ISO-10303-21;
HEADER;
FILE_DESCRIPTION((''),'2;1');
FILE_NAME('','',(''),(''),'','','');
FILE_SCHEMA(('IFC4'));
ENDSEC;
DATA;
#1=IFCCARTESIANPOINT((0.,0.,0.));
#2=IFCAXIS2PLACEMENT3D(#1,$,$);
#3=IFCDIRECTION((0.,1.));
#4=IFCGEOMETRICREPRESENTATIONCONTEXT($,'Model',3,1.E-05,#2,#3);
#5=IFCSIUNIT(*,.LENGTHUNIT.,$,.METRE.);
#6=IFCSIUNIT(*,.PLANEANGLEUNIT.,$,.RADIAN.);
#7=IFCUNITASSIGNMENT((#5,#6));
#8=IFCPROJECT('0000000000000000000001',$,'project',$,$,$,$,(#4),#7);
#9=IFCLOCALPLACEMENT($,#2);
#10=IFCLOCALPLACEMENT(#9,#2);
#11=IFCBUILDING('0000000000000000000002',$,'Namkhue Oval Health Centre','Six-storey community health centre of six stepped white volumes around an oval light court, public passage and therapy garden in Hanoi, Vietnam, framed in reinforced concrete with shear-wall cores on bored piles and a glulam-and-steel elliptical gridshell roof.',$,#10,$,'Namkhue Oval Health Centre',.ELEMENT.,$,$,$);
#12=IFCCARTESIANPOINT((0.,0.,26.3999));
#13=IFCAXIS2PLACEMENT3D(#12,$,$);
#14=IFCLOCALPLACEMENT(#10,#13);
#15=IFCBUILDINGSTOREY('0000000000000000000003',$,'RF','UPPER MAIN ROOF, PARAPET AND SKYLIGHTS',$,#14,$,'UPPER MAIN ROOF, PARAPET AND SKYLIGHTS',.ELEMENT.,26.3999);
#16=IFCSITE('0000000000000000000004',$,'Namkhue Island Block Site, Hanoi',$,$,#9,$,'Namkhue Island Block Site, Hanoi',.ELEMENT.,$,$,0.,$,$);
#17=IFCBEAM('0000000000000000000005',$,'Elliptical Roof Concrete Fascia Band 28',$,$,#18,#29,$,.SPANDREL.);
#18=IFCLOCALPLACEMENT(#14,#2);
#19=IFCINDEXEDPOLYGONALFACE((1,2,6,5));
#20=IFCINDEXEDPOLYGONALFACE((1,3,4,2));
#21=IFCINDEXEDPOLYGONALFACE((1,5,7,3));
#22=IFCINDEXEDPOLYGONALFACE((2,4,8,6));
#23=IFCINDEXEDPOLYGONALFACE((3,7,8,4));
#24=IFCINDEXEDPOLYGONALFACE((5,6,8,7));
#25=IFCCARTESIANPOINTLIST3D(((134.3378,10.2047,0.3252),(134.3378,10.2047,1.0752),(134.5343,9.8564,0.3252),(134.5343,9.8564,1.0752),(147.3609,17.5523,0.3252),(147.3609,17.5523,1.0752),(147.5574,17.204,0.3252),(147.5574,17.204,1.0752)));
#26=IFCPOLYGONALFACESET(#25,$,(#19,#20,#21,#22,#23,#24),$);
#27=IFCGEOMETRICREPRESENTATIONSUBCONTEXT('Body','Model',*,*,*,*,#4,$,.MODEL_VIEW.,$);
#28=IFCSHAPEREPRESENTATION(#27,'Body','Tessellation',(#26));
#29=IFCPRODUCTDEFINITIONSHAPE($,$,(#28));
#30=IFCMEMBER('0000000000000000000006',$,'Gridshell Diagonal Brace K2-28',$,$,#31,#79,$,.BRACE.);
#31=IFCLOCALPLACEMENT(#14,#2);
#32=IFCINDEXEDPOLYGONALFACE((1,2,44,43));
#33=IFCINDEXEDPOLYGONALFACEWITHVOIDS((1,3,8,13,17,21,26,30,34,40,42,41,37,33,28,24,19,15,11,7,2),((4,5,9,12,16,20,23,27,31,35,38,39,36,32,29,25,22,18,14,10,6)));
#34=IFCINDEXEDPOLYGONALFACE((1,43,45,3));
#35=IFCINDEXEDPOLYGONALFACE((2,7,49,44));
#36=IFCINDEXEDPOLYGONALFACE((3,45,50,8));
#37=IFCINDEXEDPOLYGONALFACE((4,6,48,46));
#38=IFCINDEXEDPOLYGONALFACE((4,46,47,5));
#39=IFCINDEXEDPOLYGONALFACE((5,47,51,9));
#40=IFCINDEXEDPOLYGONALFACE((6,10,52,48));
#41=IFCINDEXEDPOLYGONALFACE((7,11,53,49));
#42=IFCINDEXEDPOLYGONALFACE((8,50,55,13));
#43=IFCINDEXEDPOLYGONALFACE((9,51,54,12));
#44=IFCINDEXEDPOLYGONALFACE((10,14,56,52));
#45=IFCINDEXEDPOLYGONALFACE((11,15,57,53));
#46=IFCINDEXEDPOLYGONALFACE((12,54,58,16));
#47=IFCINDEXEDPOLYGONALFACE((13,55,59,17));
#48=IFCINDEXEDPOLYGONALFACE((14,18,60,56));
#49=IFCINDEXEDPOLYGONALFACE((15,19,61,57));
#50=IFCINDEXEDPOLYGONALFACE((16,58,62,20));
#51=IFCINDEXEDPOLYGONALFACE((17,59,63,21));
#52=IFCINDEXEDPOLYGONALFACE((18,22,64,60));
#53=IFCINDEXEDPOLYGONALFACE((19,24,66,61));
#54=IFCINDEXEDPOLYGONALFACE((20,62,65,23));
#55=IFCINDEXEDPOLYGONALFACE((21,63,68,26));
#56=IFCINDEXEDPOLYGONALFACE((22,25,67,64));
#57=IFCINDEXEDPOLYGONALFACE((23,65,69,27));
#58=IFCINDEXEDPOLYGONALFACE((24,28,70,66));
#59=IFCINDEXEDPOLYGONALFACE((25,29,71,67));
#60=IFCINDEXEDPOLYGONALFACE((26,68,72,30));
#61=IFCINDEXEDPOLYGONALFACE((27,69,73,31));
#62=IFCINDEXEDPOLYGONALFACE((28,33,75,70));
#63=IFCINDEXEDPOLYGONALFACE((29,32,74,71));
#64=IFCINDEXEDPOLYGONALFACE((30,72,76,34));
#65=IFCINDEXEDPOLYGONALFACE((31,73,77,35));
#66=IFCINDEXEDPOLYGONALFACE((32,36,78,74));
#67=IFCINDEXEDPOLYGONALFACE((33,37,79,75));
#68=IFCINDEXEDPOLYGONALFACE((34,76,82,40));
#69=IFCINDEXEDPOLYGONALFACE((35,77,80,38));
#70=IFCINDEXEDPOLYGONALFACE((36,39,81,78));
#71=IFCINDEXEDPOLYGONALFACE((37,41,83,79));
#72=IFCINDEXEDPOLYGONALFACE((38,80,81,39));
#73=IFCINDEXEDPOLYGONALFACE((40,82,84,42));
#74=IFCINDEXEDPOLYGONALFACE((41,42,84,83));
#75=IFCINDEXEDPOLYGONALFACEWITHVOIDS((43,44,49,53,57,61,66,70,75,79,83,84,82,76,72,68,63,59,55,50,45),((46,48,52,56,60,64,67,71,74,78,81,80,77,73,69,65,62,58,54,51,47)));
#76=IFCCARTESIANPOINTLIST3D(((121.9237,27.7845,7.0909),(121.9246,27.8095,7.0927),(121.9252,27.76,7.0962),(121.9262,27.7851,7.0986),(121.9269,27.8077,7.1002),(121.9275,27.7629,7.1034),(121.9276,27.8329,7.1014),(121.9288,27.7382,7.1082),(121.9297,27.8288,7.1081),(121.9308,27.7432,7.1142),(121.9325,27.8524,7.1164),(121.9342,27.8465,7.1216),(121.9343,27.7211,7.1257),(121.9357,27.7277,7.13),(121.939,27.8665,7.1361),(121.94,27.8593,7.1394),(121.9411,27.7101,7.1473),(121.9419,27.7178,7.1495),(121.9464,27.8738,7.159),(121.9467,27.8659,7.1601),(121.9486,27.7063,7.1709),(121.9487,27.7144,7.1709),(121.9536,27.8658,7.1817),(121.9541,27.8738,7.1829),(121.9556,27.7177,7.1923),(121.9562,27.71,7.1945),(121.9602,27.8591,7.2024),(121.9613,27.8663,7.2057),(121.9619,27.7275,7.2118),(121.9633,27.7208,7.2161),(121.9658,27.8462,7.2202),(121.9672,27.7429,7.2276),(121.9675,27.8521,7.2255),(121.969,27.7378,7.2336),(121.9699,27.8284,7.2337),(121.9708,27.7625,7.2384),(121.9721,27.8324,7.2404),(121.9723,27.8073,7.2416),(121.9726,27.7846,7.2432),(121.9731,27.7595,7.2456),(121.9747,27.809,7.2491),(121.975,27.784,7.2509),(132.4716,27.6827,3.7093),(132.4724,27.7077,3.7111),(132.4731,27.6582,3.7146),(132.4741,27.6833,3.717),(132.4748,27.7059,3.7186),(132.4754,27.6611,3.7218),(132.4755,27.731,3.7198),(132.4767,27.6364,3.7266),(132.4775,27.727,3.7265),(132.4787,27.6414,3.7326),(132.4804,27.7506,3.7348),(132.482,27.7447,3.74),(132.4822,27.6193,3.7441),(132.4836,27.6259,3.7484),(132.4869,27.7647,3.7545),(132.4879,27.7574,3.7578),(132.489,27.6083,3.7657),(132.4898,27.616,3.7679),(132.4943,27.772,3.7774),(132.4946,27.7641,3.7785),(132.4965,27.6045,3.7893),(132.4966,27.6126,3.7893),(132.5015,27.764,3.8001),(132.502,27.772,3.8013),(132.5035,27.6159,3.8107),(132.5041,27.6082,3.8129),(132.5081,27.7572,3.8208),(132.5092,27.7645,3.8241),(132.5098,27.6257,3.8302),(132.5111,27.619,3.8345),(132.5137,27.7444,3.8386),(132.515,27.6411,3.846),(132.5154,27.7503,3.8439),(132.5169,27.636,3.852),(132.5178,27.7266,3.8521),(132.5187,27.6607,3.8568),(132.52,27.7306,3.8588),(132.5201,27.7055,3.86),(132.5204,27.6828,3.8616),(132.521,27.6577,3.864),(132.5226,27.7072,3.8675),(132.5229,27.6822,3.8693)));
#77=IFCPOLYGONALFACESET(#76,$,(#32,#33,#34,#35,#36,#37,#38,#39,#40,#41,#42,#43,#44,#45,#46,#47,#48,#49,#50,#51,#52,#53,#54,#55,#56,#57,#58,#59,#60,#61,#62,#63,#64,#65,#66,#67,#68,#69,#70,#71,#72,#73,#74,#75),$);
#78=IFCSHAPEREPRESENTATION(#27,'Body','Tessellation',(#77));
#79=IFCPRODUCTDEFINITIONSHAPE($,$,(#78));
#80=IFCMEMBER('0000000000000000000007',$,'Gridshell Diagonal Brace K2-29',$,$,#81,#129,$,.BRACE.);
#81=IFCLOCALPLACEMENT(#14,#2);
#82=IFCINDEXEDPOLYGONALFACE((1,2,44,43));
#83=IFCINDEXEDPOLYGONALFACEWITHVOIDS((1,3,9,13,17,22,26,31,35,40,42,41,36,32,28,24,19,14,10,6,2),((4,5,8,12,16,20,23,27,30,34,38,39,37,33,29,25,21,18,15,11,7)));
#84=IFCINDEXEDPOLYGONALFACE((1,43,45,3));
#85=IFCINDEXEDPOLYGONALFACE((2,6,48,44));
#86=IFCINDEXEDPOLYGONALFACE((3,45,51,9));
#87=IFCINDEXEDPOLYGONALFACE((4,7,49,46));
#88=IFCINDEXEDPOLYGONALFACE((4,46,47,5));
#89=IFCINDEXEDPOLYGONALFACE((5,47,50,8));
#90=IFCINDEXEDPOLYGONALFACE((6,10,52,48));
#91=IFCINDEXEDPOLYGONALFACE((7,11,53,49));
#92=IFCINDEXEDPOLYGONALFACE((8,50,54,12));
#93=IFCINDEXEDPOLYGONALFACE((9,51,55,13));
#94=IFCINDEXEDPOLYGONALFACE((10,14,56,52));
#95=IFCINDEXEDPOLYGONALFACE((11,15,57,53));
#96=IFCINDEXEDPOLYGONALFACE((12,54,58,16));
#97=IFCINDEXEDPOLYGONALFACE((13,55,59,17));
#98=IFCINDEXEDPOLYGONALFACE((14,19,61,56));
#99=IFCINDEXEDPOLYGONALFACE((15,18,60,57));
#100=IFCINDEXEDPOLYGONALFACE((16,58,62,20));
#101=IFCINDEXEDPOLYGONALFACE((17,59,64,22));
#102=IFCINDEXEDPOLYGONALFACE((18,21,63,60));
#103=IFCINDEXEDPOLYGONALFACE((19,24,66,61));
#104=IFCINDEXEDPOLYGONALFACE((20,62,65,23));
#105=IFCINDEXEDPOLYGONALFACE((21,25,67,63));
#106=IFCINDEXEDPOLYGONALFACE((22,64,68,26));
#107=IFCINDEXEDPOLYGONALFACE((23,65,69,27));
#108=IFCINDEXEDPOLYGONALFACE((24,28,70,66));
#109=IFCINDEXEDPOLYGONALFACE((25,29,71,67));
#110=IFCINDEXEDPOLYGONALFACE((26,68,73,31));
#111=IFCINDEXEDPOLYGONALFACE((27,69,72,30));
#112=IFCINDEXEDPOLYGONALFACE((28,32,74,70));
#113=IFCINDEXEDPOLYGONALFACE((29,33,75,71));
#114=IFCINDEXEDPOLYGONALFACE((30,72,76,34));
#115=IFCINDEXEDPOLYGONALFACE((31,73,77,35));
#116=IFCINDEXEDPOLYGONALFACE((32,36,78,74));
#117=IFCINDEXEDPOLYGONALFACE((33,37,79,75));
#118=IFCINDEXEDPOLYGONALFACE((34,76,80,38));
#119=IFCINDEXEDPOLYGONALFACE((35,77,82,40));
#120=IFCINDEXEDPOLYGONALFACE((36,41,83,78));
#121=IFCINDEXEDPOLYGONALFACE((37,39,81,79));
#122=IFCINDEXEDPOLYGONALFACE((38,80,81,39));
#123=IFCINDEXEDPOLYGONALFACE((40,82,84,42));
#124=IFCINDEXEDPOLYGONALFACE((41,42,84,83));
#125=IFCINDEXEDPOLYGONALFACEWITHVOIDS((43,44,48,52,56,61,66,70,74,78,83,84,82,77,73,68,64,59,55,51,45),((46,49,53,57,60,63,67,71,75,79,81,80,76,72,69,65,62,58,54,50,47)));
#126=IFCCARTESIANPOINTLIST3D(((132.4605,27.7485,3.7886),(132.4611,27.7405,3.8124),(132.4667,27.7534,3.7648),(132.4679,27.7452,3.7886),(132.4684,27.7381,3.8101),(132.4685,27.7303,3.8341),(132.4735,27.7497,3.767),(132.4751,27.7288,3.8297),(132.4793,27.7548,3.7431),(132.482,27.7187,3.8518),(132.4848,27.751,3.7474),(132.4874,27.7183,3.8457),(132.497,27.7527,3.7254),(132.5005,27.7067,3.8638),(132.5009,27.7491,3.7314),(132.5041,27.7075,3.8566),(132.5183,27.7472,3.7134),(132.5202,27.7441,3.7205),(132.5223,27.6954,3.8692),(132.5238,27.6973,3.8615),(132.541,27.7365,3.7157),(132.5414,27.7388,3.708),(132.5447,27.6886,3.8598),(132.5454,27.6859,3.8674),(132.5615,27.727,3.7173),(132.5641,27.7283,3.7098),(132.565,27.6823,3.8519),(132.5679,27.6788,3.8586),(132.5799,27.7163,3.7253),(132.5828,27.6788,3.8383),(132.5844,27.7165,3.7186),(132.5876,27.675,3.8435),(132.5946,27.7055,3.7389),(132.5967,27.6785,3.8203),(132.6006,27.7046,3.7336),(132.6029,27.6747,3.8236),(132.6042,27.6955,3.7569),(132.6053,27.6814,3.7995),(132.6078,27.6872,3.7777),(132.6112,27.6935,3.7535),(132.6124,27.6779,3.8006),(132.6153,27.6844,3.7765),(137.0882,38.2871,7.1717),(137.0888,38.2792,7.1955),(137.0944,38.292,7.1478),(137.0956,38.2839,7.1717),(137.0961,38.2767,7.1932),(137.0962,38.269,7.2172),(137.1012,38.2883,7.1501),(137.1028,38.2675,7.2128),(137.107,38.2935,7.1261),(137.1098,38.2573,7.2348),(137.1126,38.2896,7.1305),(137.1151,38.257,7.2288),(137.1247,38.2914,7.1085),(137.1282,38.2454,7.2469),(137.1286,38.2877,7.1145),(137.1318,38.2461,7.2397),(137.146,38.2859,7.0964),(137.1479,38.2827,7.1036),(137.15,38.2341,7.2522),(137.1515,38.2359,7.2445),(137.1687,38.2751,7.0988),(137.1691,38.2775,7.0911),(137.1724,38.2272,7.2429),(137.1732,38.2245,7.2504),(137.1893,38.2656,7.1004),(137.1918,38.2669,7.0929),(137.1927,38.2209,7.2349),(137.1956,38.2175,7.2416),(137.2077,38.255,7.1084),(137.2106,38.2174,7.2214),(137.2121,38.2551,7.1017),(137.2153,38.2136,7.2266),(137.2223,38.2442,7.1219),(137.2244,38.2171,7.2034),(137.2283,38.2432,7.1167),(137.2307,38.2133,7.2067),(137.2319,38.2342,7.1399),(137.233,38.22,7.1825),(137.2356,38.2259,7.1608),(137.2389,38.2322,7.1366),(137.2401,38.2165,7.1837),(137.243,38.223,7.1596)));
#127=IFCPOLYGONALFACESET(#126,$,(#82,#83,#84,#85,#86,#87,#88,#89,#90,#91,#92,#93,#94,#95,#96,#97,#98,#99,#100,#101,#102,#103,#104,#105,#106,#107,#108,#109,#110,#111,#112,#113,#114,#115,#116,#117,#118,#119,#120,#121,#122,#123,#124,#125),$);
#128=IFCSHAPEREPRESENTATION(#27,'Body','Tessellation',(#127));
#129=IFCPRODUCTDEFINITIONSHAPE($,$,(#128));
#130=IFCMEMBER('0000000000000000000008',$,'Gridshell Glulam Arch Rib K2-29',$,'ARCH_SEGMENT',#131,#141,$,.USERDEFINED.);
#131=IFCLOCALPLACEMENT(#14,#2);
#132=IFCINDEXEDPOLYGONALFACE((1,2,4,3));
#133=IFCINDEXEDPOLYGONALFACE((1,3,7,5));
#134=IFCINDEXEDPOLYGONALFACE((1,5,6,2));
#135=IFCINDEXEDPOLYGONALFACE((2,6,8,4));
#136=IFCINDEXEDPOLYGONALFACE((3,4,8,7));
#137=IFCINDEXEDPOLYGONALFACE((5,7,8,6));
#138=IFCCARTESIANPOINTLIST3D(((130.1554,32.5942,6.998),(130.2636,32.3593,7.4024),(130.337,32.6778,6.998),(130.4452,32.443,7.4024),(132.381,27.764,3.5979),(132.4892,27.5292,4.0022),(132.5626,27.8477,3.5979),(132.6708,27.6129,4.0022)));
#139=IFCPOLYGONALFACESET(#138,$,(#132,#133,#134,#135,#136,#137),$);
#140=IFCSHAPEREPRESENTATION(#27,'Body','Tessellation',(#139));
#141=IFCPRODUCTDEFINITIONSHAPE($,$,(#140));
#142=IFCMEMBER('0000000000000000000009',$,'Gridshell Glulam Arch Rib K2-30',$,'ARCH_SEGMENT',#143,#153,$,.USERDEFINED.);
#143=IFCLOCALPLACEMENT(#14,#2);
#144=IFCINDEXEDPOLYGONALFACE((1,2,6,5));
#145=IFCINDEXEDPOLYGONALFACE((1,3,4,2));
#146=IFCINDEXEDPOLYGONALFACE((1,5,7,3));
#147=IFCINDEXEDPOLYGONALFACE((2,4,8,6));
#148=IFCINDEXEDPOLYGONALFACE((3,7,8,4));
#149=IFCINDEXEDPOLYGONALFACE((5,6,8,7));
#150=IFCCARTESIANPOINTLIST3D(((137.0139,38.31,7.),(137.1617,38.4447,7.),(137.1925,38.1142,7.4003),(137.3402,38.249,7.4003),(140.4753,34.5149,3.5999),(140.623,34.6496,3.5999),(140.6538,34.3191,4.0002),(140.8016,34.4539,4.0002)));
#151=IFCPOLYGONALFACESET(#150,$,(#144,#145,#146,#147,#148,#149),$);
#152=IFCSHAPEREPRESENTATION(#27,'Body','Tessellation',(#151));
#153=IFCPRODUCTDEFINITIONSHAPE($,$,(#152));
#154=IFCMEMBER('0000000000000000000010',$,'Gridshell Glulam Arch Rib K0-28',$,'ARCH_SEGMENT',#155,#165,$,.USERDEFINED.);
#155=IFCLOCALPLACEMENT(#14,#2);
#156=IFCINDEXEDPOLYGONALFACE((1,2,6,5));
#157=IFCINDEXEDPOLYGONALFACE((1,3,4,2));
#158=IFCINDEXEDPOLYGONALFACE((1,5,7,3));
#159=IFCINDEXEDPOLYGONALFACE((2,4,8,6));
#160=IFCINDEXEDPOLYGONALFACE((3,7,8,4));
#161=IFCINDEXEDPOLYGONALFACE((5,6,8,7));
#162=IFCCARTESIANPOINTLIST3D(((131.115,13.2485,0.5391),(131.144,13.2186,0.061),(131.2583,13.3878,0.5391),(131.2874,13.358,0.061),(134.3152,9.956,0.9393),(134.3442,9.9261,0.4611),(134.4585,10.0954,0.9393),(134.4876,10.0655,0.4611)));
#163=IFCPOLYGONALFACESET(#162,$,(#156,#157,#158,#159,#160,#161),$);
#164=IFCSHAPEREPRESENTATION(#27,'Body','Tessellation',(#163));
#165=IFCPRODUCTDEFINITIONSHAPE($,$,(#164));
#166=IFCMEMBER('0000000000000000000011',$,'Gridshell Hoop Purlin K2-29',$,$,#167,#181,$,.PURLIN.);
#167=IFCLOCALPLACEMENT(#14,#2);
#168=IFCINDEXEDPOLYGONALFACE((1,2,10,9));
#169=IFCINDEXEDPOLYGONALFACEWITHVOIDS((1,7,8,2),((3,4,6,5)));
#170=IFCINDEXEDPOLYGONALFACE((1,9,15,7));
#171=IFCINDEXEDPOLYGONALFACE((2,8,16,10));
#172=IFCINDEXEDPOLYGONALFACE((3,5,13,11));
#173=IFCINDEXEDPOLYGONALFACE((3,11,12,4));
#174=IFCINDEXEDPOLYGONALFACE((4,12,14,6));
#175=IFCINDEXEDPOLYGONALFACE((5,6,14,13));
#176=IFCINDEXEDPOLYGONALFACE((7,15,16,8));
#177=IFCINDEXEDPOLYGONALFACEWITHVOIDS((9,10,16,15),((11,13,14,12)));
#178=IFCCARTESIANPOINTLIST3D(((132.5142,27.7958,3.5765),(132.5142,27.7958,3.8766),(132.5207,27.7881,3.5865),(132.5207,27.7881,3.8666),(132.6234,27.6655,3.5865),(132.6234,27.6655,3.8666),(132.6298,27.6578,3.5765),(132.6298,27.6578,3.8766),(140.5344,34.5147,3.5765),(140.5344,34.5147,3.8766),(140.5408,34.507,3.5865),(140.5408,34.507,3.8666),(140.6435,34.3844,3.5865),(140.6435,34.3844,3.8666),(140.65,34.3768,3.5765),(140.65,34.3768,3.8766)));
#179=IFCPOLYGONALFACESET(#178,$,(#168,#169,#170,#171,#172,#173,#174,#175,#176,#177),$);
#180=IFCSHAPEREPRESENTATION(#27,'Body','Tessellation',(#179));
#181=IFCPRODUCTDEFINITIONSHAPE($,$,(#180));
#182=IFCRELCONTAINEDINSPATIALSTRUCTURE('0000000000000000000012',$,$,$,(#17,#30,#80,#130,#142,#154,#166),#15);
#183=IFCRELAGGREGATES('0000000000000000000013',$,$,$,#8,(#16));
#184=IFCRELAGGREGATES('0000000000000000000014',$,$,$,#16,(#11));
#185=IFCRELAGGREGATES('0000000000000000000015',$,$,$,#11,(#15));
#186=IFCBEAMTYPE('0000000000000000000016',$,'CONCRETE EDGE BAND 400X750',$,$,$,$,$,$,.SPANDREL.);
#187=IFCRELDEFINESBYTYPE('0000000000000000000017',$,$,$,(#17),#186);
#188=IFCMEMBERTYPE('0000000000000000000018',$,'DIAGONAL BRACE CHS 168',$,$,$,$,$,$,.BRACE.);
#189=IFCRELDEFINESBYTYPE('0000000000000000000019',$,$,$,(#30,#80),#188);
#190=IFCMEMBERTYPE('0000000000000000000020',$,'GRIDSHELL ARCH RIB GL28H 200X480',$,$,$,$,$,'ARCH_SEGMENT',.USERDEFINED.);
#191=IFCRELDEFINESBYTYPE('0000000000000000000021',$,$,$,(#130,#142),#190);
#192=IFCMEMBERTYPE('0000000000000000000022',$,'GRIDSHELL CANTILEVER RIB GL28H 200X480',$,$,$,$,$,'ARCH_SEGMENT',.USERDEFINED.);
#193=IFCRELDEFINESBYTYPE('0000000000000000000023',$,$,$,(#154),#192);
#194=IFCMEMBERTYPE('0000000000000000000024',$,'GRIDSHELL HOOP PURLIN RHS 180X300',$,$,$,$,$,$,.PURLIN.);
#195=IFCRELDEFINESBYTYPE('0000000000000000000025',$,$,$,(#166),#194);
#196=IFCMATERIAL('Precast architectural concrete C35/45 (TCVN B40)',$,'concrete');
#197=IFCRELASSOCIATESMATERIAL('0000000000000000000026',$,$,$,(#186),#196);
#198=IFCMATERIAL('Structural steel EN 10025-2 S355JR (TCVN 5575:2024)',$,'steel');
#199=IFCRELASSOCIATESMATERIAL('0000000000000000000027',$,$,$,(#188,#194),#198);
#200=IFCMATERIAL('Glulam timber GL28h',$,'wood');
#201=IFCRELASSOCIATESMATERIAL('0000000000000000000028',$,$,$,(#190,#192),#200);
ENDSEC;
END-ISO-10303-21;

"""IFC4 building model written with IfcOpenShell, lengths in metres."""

from ifc_helpers import new_model, si_unit, direction, frame, origin, origin_2d, place, context, subcontext, project, spatial, rectangle, hollow_rectangle, hollow_circle, extrude, material, material_profile, profile_set, type_object, element, save


model = new_model("IFC4")

# Units and contexts
model_context = context("Model", 3, precision=1e-05, world=origin(), true_north=direction((0.0, 1.0)))
body_context = subcontext(model_context, "Body", "Model", "MODEL_VIEW")
ifc_project = project(units=[si_unit("LENGTHUNIT", "METRE"), si_unit("PLANEANGLEUNIT", "RADIAN")], contexts=[model_context])

# Site, building, storey
site_placement = place(None, origin())
site = spatial("IfcSite", under=ifc_project, at=site_placement, Name="Namkhue Island Block Site, Hanoi", LongName="Namkhue Island Block Site, Hanoi", CompositionType="ELEMENT", RefElevation=0.0)
building_placement = place(site_placement, origin())
building = spatial("IfcBuilding", under=site, at=building_placement, Name="Namkhue Oval Health Centre", Description="Six-storey community health centre of six stepped white volumes around an oval light court, public passage and therapy garden in Hanoi, Vietnam, framed in reinforced concrete with shear-wall cores on bored piles and a glulam-and-steel elliptical gridshell roof.", LongName="Namkhue Oval Health Centre", CompositionType="ELEMENT")
storey_placement = place(building_placement, frame((0.0, 0.0, 26.3999)))
storey = spatial("IfcBuildingStorey", under=building, at=storey_placement, Name="RF", Description="UPPER MAIN ROOF, PARAPET AND SKYLIGHTS", LongName="UPPER MAIN ROOF, PARAPET AND SKYLIGHTS", CompositionType="ELEMENT", Elevation=26.3999)

# Beam
ifc_material_1 = material(Name="Precast architectural concrete C35/45 (TCVN B40)", Category="concrete")
ifc_material_profile_1 = material_profile(ifc_material_1, rectangle(XDim=0.3999, YDim=0.75, at=origin_2d()), Name="RC 400x750")
ifc_profile_set_1 = profile_set([ifc_material_profile_1], Name="Precast architectural concrete C35/45 (TCVN B40)")
beam_type = type_object("IfcBeamType", Name="CONCRETE EDGE BAND 400X750", PredefinedType="SPANDREL", material=ifc_profile_set_1)
beam_placement = place(storey_placement, frame((134.436, 10.0305, 0.7002), z_axis=(0.870943, 0.491384, 0.0), x_axis=(-0.491384, 0.870943, 0.0)))
element("IfcBeam", 1, at=beam_placement, inside=storey, type_object=beam_type, Name="Elliptical Roof Concrete Fascia Band 28", PredefinedType="SPANDREL", context=body_context, shape_type="SweptSolid", body=[
    extrude(rectangle(XDim=0.3999, YDim=0.75, at=origin_2d()), origin(), (0.0, 0.0, 1.0), 14.9529),
])

# Members
ifc_material_2 = material(Name="Structural steel EN 10025-2 S355JR (TCVN 5575:2024)", Category="steel")
ifc_material_profile_2 = material_profile(ifc_material_2, hollow_circle(Radius=0.0842, WallThickness=0.0081, at=origin_2d()), Name="CHS 168.3x8")
ifc_profile_set_2 = profile_set([ifc_material_profile_2], Name="Structural steel EN 10025-2 S355JR (TCVN 5575:2024)")
member_type_1 = type_object("IfcMemberType", Name="DIAGONAL BRACE CHS 168", PredefinedType="BRACE", material=ifc_profile_set_2)
member_1_placement = place(storey_placement, frame((132.4973, 27.6887, 3.7893), z_axis=(-0.952219, 0.009191, 0.305277), x_axis=(-0.009651, -0.999953, 0.0)))
element("IfcMember", 2, at=member_1_placement, inside=storey, type_object=member_type_1, Name="Gridshell Diagonal Brace K2-28", PredefinedType="BRACE", context=body_context, shape_type="SweptSolid", body=[
    extrude(hollow_circle(Radius=0.0842, WallThickness=0.0081, at=origin_2d()), origin(), (0.0, 0.0, 1.0), 11.0771),
])
member_2_placement = place(storey_placement, frame((132.5376, 27.7146, 3.7886), z_axis=(0.385745, 0.878452, 0.281998), x_axis=(-0.915612, 0.402062, 0.0)))
element("IfcMember", 3, at=member_2_placement, inside=storey, type_object=member_type_1, Name="Gridshell Diagonal Brace K2-29", PredefinedType="BRACE", context=body_context, shape_type="SweptSolid", body=[
    extrude(hollow_circle(Radius=0.0842, WallThickness=0.0081, at=origin_2d()), origin(), (0.0, 0.0, 1.0), 11.9968),
])
ifc_material_3 = material(Name="Glulam timber GL28h", Category="wood")
ifc_material_profile_3 = material_profile(ifc_material_3, rectangle(XDim=0.2, YDim=0.48, at=origin_2d()), Name="GL28h 200x480")
ifc_profile_set_3 = profile_set([ifc_material_profile_3], Name="Glulam timber GL28h")
member_type_2 = type_object("IfcMemberType", Name="GRIDSHELL ARCH RIB GL28H 200X480", ElementType="ARCH_SEGMENT", PredefinedType="USERDEFINED", material=ifc_profile_set_3)
member_3_placement = place(storey_placement, frame((132.5259, 27.6885, 3.8), z_axis=(-0.352585, 0.765197, 0.538663), x_axis=(-0.908223, -0.418488, 0.0)))
element("IfcMember", 4, at=member_3_placement, inside=storey, type_object=member_type_2, Name="Gridshell Glulam Arch Rib K2-29", ObjectType="ARCH_SEGMENT", PredefinedType="USERDEFINED", context=body_context, shape_type="SweptSolid", body=[
    extrude(rectangle(XDim=0.2, YDim=0.48, at=origin_2d()), origin(), (0.0, 0.0, 1.0), 6.3123),
])
member_4_placement = place(storey_placement, frame((140.6384, 34.4844, 3.8), z_axis=(-0.561919, 0.616097, 0.551971), x_axis=(-0.738847, -0.673874, 0.0)))
element("IfcMember", 5, at=member_4_placement, inside=storey, type_object=member_type_2, Name="Gridshell Glulam Arch Rib K2-30", ObjectType="ARCH_SEGMENT", PredefinedType="USERDEFINED", context=body_context, shape_type="SweptSolid", body=[
    extrude(rectangle(XDim=0.2, YDim=0.48, at=origin_2d()), origin(), (0.0, 0.0, 1.0), 6.1599),
])
ifc_material_profile_4 = material_profile(ifc_material_3, rectangle(XDim=0.2, YDim=0.48, at=origin_2d()), Name="GL28h 200x480")
ifc_profile_set_4 = profile_set([ifc_material_profile_4], Name="Glulam timber GL28h")
member_type_3 = type_object("IfcMemberType", Name="GRIDSHELL CANTILEVER RIB GL28H 200X480", ElementType="ARCH_SEGMENT", PredefinedType="USERDEFINED", material=ifc_profile_set_4)
member_5_placement = place(storey_placement, frame((134.4014, 10.0107, 0.7002), z_axis=(-0.694354, 0.714377, -0.086821), x_axis=(-0.717085, -0.696986, 0.0)))
element("IfcMember", 6, at=member_5_placement, inside=storey, type_object=member_type_3, Name="Gridshell Glulam Arch Rib K0-28", ObjectType="ARCH_SEGMENT", PredefinedType="USERDEFINED", context=body_context, shape_type="SweptSolid", body=[
    extrude(rectangle(XDim=0.2, YDim=0.48, at=origin_2d()), origin(), (0.0, 0.0, 1.0), 4.6089),
])
ifc_material_profile_5 = material_profile(ifc_material_2, hollow_rectangle(XDim=0.1799, YDim=0.3, WallThickness=0.01, at=origin_2d()), Name="RHS 180x300x10")
ifc_profile_set_5 = profile_set([ifc_material_profile_5], Name="Structural steel EN 10025-2 S355JR (TCVN 5575:2024)")
member_type_4 = type_object("IfcMemberType", Name="GRIDSHELL HOOP PURLIN RHS 180X300", PredefinedType="PURLIN", material=ifc_profile_set_5)
member_6_placement = place(storey_placement, frame((132.572, 27.7268, 3.7266), z_axis=(0.766553, 0.642181, 0.0), x_axis=(-0.642181, 0.766553, 0.0)))
element("IfcMember", 7, at=member_6_placement, inside=storey, type_object=member_type_4, Name="Gridshell Hoop Purlin K2-29", PredefinedType="PURLIN", context=body_context, shape_type="SweptSolid", body=[
    extrude(hollow_rectangle(XDim=0.1799, YDim=0.3, WallThickness=0.01, at=origin_2d()), origin(), (0.0, 0.0, 1.0), 10.4626),
])

save(model, "model.ifc")
